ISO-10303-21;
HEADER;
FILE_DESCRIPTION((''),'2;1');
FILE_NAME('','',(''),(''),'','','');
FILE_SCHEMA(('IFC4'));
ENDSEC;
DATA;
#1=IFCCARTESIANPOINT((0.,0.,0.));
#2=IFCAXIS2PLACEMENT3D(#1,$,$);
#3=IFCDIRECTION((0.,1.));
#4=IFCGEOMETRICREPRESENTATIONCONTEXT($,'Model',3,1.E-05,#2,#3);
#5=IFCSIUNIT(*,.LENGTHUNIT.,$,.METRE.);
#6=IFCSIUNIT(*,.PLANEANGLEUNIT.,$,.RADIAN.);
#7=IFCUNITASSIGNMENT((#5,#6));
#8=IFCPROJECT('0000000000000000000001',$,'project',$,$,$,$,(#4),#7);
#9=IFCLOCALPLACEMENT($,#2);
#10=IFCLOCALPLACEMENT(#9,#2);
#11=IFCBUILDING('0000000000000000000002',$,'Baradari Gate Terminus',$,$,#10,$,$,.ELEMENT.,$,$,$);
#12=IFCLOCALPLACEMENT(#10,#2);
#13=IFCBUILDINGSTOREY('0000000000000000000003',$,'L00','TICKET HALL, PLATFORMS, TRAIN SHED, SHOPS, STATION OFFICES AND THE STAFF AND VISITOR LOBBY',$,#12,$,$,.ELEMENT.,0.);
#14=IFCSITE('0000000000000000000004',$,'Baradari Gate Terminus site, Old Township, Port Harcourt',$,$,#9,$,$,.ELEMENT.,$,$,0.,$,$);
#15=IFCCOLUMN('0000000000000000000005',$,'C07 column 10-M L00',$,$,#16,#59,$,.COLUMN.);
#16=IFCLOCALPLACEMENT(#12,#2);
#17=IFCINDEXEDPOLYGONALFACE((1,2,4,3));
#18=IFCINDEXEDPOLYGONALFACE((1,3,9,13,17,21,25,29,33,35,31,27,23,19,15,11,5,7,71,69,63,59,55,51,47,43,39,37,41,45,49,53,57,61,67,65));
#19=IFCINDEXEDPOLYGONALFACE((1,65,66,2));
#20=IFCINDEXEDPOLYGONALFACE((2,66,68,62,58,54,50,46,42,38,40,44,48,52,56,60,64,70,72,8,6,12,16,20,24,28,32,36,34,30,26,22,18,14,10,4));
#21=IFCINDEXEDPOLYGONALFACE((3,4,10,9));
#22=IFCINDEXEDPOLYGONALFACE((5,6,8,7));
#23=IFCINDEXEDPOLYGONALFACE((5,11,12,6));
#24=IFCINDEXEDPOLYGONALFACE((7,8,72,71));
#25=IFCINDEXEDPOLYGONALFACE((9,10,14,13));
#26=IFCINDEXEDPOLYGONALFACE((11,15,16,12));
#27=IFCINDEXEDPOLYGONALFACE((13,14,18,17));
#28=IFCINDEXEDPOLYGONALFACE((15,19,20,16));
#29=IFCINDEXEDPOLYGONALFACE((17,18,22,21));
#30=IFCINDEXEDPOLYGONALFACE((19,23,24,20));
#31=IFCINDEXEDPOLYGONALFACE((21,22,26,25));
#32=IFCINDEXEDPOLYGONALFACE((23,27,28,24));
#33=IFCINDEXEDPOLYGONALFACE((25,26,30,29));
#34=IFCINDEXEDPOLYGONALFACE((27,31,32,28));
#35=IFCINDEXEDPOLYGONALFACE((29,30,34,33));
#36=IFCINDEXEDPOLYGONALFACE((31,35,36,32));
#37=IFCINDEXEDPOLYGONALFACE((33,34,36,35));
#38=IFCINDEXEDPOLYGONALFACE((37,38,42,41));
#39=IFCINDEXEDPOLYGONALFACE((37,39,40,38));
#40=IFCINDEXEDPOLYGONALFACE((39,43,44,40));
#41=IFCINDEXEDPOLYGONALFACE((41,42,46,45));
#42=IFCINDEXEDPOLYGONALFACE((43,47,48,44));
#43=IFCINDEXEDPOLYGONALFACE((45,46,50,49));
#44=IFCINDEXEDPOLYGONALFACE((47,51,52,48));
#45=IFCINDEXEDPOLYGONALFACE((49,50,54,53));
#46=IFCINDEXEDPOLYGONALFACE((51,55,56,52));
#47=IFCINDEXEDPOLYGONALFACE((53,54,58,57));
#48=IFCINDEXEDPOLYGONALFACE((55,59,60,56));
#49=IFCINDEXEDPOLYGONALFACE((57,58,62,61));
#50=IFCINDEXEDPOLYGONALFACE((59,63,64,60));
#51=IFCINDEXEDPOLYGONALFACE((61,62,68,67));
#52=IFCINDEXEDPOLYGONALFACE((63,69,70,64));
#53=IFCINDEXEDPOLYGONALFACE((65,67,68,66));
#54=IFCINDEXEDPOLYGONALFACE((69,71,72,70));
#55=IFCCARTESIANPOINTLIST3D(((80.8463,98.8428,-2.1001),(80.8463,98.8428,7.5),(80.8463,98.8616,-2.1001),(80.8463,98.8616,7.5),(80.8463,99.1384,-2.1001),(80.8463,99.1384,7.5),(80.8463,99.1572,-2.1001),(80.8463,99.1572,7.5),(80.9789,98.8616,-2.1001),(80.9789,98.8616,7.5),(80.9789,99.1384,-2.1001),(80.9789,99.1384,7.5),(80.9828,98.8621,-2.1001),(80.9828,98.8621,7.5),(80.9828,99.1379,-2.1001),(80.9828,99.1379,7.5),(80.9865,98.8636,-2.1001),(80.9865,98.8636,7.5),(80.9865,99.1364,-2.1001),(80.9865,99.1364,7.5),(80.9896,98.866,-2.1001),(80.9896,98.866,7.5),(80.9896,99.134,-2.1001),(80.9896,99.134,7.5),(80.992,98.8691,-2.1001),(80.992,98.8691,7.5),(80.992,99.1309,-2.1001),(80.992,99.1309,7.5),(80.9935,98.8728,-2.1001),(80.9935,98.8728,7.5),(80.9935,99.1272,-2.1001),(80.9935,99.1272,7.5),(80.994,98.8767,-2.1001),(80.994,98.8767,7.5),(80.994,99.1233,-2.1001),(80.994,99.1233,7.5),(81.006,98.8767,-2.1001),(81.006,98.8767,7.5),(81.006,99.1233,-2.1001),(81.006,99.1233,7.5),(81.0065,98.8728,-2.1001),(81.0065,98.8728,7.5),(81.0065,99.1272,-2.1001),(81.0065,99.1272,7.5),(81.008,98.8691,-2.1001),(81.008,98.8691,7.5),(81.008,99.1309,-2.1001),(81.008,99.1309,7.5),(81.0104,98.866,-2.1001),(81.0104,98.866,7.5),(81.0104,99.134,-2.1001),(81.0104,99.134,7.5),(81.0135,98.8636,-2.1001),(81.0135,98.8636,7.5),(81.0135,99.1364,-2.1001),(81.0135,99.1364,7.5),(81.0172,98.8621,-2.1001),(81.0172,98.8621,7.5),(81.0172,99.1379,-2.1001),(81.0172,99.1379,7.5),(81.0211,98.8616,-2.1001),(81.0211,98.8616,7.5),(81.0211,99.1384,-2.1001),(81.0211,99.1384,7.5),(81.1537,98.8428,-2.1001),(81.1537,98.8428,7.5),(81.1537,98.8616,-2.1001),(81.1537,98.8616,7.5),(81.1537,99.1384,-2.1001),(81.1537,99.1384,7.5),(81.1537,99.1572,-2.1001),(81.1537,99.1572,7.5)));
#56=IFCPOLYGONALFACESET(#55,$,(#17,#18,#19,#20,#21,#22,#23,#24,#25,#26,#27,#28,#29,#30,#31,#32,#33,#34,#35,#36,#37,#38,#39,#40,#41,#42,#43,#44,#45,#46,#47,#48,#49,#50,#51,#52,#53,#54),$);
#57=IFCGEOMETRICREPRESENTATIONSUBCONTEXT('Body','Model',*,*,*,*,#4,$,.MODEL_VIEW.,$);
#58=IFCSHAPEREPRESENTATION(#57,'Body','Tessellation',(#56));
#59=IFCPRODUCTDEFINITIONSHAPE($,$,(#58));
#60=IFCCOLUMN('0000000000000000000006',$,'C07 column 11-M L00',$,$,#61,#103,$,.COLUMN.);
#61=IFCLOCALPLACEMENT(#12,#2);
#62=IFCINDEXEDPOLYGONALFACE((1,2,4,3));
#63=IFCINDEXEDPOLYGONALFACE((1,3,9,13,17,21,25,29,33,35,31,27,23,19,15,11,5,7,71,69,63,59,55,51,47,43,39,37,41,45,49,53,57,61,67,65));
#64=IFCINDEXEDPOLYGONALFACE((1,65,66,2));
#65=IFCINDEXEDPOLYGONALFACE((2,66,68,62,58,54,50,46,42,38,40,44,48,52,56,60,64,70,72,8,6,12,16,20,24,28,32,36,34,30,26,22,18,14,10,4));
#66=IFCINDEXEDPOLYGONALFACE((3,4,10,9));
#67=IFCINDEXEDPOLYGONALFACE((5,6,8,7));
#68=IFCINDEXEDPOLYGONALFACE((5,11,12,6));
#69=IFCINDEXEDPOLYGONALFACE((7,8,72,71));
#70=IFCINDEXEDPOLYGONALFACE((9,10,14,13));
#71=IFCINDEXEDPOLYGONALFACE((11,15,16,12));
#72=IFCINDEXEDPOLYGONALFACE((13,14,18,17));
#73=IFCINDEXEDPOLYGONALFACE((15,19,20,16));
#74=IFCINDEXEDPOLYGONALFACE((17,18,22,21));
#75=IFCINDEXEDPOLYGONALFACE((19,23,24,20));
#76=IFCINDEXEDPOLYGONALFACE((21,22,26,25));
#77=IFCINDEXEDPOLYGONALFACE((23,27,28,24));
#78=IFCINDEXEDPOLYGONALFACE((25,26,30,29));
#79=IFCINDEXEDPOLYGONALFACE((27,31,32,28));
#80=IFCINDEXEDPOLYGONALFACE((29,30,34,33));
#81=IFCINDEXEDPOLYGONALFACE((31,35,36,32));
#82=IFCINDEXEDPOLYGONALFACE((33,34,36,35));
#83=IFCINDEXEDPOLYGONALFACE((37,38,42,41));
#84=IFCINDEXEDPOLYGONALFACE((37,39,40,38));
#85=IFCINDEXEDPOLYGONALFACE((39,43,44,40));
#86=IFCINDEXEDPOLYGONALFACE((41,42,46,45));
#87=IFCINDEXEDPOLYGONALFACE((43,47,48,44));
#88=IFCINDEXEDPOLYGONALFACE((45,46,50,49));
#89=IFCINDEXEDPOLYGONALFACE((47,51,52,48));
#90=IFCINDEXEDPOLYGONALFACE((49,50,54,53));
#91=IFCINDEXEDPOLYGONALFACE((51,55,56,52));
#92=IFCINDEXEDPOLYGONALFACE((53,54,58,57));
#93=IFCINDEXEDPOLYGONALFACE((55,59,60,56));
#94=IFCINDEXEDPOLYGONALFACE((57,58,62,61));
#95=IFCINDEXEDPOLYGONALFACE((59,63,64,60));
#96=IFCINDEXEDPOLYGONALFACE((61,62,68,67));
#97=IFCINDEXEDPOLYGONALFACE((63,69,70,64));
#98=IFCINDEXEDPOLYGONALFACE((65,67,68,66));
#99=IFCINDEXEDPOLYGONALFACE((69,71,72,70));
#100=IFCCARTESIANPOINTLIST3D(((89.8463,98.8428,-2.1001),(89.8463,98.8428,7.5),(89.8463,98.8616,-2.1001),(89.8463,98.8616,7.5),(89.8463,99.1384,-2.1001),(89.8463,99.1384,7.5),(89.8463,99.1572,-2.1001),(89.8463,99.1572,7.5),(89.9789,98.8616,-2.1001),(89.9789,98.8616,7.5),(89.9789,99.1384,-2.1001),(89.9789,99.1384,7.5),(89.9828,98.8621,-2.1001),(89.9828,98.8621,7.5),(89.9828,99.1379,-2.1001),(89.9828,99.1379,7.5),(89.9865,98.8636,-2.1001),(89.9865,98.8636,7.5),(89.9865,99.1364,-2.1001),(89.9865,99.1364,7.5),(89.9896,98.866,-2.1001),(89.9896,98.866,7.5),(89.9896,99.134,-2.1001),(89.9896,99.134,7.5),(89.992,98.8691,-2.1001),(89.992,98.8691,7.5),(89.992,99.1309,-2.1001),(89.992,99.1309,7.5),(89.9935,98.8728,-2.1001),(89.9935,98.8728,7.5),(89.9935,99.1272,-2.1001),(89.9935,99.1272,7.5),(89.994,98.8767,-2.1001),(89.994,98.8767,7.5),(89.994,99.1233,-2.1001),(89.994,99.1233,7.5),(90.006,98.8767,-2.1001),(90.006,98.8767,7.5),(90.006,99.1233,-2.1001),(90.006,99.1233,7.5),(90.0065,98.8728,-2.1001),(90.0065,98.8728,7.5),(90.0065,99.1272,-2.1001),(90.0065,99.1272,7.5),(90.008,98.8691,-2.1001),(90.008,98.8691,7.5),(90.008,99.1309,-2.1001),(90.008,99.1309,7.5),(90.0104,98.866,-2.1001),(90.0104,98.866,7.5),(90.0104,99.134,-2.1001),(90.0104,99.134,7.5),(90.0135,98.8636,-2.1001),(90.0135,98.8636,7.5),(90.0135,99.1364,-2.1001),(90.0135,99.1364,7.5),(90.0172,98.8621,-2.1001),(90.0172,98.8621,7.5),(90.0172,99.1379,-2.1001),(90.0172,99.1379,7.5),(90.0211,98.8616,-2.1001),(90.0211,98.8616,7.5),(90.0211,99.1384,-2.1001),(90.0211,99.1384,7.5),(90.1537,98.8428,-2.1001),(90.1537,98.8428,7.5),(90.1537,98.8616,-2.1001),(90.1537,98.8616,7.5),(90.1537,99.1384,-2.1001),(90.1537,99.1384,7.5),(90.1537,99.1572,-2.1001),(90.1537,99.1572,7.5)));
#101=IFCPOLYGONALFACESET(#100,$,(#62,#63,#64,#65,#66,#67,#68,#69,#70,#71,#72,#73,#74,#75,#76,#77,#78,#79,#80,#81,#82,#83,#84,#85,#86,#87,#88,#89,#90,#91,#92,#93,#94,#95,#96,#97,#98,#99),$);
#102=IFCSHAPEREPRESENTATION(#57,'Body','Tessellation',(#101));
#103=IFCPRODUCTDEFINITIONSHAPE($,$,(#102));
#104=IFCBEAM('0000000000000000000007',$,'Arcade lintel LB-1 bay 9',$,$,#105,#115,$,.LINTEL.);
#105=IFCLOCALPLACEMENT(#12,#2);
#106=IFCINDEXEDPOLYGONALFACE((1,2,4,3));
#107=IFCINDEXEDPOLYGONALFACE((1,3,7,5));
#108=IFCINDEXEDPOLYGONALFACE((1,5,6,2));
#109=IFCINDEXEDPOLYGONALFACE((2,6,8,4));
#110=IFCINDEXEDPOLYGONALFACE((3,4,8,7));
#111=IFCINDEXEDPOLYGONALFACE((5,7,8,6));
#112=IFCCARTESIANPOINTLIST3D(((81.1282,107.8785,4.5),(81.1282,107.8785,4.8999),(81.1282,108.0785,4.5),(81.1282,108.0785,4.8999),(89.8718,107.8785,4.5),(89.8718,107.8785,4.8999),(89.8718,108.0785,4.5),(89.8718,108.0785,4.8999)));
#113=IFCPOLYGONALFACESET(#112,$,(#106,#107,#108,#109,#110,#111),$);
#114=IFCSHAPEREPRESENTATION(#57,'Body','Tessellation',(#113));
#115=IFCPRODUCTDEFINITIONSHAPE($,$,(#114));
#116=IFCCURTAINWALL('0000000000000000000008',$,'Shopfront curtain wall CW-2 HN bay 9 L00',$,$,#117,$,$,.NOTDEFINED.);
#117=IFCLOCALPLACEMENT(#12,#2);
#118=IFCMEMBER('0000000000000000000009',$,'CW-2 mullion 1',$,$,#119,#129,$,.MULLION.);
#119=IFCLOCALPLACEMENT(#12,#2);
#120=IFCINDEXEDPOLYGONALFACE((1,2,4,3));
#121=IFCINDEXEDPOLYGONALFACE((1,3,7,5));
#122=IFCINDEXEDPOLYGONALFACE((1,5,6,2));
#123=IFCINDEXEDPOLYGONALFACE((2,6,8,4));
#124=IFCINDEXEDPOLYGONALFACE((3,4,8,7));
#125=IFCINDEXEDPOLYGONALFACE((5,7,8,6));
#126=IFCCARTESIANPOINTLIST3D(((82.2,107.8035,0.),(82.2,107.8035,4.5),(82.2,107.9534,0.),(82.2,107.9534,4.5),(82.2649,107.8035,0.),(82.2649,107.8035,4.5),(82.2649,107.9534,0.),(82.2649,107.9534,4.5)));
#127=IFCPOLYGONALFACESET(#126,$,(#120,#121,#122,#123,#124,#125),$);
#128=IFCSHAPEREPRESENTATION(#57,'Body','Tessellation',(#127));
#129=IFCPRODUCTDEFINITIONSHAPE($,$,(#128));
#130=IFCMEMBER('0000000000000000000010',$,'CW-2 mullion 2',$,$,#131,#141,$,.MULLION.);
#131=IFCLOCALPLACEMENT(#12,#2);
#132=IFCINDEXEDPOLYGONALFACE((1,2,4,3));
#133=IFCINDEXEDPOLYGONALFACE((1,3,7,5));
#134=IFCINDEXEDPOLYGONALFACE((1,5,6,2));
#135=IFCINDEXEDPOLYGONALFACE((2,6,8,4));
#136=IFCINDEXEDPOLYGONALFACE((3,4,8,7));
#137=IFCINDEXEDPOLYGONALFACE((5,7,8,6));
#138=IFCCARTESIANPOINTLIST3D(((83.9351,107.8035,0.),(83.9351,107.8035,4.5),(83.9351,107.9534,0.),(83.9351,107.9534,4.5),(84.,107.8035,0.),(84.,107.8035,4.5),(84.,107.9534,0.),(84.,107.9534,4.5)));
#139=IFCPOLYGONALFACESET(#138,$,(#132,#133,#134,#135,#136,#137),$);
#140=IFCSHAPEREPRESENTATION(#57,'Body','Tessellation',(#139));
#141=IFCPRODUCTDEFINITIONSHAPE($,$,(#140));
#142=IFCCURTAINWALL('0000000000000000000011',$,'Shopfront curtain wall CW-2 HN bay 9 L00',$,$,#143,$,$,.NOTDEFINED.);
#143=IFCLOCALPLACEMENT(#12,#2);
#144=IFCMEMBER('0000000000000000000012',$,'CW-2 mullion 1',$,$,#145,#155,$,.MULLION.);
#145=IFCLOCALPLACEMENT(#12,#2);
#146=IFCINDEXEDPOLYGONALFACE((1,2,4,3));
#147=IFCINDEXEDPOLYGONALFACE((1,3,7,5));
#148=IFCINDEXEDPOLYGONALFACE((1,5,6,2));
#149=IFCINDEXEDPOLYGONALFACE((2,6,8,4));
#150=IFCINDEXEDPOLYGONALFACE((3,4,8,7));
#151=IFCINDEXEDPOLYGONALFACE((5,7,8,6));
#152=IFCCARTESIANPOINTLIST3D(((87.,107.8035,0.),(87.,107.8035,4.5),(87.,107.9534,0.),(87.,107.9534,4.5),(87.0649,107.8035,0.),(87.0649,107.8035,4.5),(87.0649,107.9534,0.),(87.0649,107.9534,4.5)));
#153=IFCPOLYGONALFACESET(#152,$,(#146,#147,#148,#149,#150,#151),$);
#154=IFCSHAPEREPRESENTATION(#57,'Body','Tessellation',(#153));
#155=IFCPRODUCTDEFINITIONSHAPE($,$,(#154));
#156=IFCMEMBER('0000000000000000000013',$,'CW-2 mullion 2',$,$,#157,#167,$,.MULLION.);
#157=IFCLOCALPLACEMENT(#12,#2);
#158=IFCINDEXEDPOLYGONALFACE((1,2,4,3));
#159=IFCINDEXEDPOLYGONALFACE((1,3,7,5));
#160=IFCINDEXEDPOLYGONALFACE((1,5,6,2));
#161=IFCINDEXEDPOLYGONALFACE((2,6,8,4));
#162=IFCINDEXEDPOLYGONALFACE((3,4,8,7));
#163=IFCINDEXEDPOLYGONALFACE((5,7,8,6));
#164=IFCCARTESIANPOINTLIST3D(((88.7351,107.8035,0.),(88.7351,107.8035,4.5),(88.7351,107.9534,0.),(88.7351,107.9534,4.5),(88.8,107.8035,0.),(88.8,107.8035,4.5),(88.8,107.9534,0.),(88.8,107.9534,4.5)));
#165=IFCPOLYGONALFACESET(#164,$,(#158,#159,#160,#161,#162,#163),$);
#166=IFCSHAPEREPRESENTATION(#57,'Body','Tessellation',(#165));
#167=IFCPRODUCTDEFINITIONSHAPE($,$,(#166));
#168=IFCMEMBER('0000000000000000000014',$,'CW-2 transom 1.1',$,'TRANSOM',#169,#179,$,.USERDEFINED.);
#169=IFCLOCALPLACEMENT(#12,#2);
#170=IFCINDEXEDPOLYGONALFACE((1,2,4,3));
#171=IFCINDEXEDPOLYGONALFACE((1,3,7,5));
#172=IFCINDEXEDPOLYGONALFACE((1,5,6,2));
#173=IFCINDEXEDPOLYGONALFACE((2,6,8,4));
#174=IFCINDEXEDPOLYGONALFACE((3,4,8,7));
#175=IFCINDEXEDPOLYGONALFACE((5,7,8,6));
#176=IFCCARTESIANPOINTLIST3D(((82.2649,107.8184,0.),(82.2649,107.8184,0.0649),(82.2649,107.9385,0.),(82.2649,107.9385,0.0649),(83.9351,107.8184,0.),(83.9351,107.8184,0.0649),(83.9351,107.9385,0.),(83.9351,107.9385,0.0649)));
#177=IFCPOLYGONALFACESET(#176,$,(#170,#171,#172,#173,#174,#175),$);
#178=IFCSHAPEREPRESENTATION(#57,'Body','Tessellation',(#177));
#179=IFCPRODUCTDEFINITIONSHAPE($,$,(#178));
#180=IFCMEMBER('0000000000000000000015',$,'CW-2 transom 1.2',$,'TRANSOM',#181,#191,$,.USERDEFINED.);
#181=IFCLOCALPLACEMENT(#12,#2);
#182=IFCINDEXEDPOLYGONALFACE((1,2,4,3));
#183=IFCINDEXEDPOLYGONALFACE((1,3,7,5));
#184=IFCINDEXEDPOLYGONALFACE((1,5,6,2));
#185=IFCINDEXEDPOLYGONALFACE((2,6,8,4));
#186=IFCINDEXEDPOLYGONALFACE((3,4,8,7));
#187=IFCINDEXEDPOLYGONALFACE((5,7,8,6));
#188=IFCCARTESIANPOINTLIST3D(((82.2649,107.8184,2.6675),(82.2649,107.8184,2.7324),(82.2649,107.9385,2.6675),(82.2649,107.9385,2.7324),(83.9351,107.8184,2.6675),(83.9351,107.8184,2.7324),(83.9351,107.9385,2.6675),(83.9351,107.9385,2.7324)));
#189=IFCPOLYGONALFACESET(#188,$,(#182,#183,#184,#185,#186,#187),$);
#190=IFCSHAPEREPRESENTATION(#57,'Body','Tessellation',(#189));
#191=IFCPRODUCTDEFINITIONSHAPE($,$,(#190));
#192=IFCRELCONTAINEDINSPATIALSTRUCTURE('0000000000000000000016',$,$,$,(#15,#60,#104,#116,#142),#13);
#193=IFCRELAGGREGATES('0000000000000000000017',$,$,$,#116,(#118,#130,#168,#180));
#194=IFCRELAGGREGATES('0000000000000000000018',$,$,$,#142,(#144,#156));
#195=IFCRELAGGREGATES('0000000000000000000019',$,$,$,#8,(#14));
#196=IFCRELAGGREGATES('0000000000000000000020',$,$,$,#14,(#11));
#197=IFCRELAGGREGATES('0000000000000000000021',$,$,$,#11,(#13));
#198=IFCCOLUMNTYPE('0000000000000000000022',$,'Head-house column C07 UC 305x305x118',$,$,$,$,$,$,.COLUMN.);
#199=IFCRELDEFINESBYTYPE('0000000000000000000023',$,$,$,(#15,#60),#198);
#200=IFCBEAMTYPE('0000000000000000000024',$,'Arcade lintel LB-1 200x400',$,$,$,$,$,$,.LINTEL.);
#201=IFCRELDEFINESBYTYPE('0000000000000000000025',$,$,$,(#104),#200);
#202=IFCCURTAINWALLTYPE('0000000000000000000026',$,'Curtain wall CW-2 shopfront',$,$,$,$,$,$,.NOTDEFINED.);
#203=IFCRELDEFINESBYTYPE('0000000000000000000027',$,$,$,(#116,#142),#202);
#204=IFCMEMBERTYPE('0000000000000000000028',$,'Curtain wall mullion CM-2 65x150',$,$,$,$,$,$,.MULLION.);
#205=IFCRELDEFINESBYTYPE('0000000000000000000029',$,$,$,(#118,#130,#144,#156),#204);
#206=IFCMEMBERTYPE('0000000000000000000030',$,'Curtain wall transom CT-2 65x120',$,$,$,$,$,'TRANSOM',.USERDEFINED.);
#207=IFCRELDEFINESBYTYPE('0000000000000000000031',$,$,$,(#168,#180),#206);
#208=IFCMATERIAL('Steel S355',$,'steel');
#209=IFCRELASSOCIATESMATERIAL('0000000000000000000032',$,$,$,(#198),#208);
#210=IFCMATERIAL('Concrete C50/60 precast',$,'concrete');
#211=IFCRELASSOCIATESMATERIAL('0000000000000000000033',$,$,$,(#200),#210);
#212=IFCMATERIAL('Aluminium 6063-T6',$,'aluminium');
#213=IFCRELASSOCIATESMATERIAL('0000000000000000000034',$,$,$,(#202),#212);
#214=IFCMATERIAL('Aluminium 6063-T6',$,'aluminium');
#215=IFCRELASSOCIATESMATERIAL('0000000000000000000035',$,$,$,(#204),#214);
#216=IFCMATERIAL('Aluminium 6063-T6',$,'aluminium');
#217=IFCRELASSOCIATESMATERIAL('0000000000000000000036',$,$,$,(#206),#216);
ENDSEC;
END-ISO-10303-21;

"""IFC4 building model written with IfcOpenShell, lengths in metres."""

from ifc_helpers import new_model, si_unit, direction, frame, origin, origin_2d, place, context, subcontext, project, spatial, rectangle, i_section, extrude, material, material_profile, profile_set, type_object, element, aggregate, save


model = new_model("IFC4")

# Units and contexts
model_context = context("Model", 3, precision=1e-05, world=origin(), true_north=direction((0.0, 1.0)))
body_context = subcontext(model_context, "Body", "Model", "MODEL_VIEW")
ifc_project = project(units=[si_unit("LENGTHUNIT", "METRE"), si_unit("PLANEANGLEUNIT", "RADIAN")], contexts=[model_context])

# Site, building, storey
site_placement = place(None, origin())
site = spatial("IfcSite", under=ifc_project, at=site_placement, Name="Baradari Gate Terminus site, Old Township, Port Harcourt", CompositionType="ELEMENT", RefElevation=0.0)
building_placement = place(site_placement, origin())
building = spatial("IfcBuilding", under=site, at=building_placement, Name="Baradari Gate Terminus", CompositionType="ELEMENT")
storey_placement = place(building_placement, origin())
storey = spatial("IfcBuildingStorey", under=building, at=storey_placement, Name="L00", Description="TICKET HALL, PLATFORMS, TRAIN SHED, SHOPS, STATION OFFICES AND THE STAFF AND VISITOR LOBBY", CompositionType="ELEMENT", Elevation=0.0)

# Columns
ifc_material_1 = material(Name="Steel S355", Category="steel")
ifc_material_profile_1 = material_profile(ifc_material_1, i_section(OverallWidth=0.3074, OverallDepth=0.3145, WebThickness=0.012, FlangeThickness=0.0188, FilletRadius=0.0151, at=origin_2d()), Name="UC 305x305x118")
ifc_profile_set_1 = profile_set([ifc_material_profile_1], Name="Steel S355")
column_type = type_object("IfcColumnType", Name="Head-house column C07 UC 305x305x118", PredefinedType="COLUMN", material=ifc_profile_set_1)
for number, where, z_axis, x_axis, name in (
    (1, (81.0, 99.0, -2.1001), (0.0, 0.0, 1.0), (1.0, 0.0, 0.0), "C07 column 10-M L00"),
    (2, (90.0, 99.0, -2.1001), (0.0, 0.0, 1.0), (1.0, 0.0, 0.0), "C07 column 11-M L00"),
):
    element("IfcColumn", number, at=place(storey_placement, frame(where, z_axis=z_axis, x_axis=x_axis)), inside=storey, type_object=column_type, Name=name, PredefinedType="COLUMN", context=body_context, shape_type="SweptSolid", body=[
        extrude(i_section(OverallWidth=0.3074, OverallDepth=0.3145, WebThickness=0.012, FlangeThickness=0.0188, FilletRadius=0.0151, at=origin_2d()), origin(), (0.0, 0.0, 1.0), 9.6001),
    ])

# Beam
ifc_material_2 = material(Name="Concrete C50/60 precast", Category="concrete")
ifc_material_profile_2 = material_profile(ifc_material_2, rectangle(XDim=0.2, YDim=0.3999, at=origin_2d()), Name="LB-1 200X400")
ifc_profile_set_2 = profile_set([ifc_material_profile_2], Name="Concrete C50/60 precast")
beam_type = type_object("IfcBeamType", Name="Arcade lintel LB-1 200x400", PredefinedType="LINTEL", material=ifc_profile_set_2)
beam_placement = place(storey_placement, frame((81.1282, 107.9785, 4.7), z_axis=(1.0, 0.0, 0.0), x_axis=(0.0, 1.0, 0.0)))
element("IfcBeam", 3, at=beam_placement, inside=storey, type_object=beam_type, Name="Arcade lintel LB-1 bay 9", PredefinedType="LINTEL", context=body_context, shape_type="SweptSolid", body=[
    extrude(rectangle(XDim=0.2, YDim=0.3999, at=origin_2d()), origin(), (0.0, 0.0, 1.0), 8.7437),
])

# Curtain walls, members
ifc_material_3 = material(Name="Aluminium 6063-T6", Category="aluminium")
curtain_wall_type = type_object("IfcCurtainWallType", Name="Curtain wall CW-2 shopfront", PredefinedType="NOTDEFINED", material=ifc_material_3)
curtain_wall_1_placement = place(storey_placement, origin())
curtain_wall_1 = element("IfcCurtainWall", 4, at=curtain_wall_1_placement, inside=storey, type_object=curtain_wall_type, Name="Shopfront curtain wall CW-2 HN bay 9 L00", PredefinedType="NOTDEFINED")
ifc_material_4 = material(Name="Aluminium 6063-T6", Category="aluminium")
ifc_material_profile_3 = material_profile(ifc_material_4, rectangle(XDim=0.1499, YDim=0.0649, at=origin_2d()), Name="CM-2 65X150")
ifc_profile_set_3 = profile_set([ifc_material_profile_3], Name="Aluminium 6063-T6")
member_type_1 = type_object("IfcMemberType", Name="Curtain wall mullion CM-2 65x150", PredefinedType="MULLION", material=ifc_profile_set_3)
member_1_placement = place(storey_placement, frame((82.2324, 107.8784, 0.0), z_axis=(0.0, 0.0, 1.0), x_axis=(0.0, 1.0, 0.0)))
member_1 = element("IfcMember", 5, at=member_1_placement, type_object=member_type_1, Name="CW-2 mullion 1", PredefinedType="MULLION", context=body_context, shape_type="SweptSolid", body=[
    extrude(rectangle(XDim=0.1499, YDim=0.0649, at=origin_2d()), origin(), (0.0, 0.0, 1.0), 4.5),
])
member_2_placement = place(storey_placement, frame((83.9675, 107.8784, 0.0), z_axis=(0.0, 0.0, 1.0), x_axis=(0.0, 1.0, 0.0)))
member_2 = element("IfcMember", 6, at=member_2_placement, type_object=member_type_1, Name="CW-2 mullion 2", PredefinedType="MULLION", context=body_context, shape_type="SweptSolid", body=[
    extrude(rectangle(XDim=0.1499, YDim=0.0649, at=origin_2d()), origin(), (0.0, 0.0, 1.0), 4.5),
])
curtain_wall_2_placement = place(storey_placement, origin())
curtain_wall_2 = element("IfcCurtainWall", 7, at=curtain_wall_2_placement, inside=storey, type_object=curtain_wall_type, Name="Shopfront curtain wall CW-2 HN bay 9 L00", PredefinedType="NOTDEFINED")
member_3_placement = place(storey_placement, frame((87.0325, 107.8784, 0.0), z_axis=(0.0, 0.0, 1.0), x_axis=(0.0, 1.0, 0.0)))
member_3 = element("IfcMember", 8, at=member_3_placement, type_object=member_type_1, Name="CW-2 mullion 1", PredefinedType="MULLION", context=body_context, shape_type="SweptSolid", body=[
    extrude(rectangle(XDim=0.1499, YDim=0.0649, at=origin_2d()), origin(), (0.0, 0.0, 1.0), 4.5),
])
member_4_placement = place(storey_placement, frame((88.7676, 107.8784, 0.0), z_axis=(0.0, 0.0, 1.0), x_axis=(0.0, 1.0, 0.0)))
member_4 = element("IfcMember", 9, at=member_4_placement, type_object=member_type_1, Name="CW-2 mullion 2", PredefinedType="MULLION", context=body_context, shape_type="SweptSolid", body=[
    extrude(rectangle(XDim=0.1499, YDim=0.0649, at=origin_2d()), origin(), (0.0, 0.0, 1.0), 4.5),
])

# Members
ifc_material_5 = material(Name="Aluminium 6063-T6", Category="aluminium")
ifc_material_profile_4 = material_profile(ifc_material_5, rectangle(XDim=0.1201, YDim=0.0649, at=origin_2d()), Name="CT-2 65X120")
ifc_profile_set_4 = profile_set([ifc_material_profile_4], Name="Aluminium 6063-T6")
member_type_2 = type_object("IfcMemberType", Name="Curtain wall transom CT-2 65x120", ElementType="TRANSOM", PredefinedType="USERDEFINED", material=ifc_profile_set_4)
member_5_placement = place(storey_placement, frame((82.2649, 107.8784, 0.0325), z_axis=(1.0, 0.0, 0.0), x_axis=(0.0, 1.0, 0.0)))
member_5 = element("IfcMember", 10, at=member_5_placement, type_object=member_type_2, Name="CW-2 transom 1.1", ObjectType="TRANSOM", PredefinedType="USERDEFINED", context=body_context, shape_type="SweptSolid", body=[
    extrude(rectangle(XDim=0.1201, YDim=0.0649, at=origin_2d()), origin(), (0.0, 0.0, 1.0), 1.6702),
])
member_6_placement = place(storey_placement, frame((82.2649, 107.8784, 2.7), z_axis=(1.0, 0.0, 0.0), x_axis=(0.0, 1.0, 0.0)))
member_6 = element("IfcMember", 11, at=member_6_placement, type_object=member_type_2, Name="CW-2 transom 1.2", ObjectType="TRANSOM", PredefinedType="USERDEFINED", context=body_context, shape_type="SweptSolid", body=[
    extrude(rectangle(XDim=0.1201, YDim=0.0649, at=origin_2d()), origin(), (0.0, 0.0, 1.0), 1.6702),
])

aggregate(curtain_wall_1, [member_1, member_2, member_5, member_6])
aggregate(curtain_wall_2, [member_3, member_4])

save(model, "model.ifc")
